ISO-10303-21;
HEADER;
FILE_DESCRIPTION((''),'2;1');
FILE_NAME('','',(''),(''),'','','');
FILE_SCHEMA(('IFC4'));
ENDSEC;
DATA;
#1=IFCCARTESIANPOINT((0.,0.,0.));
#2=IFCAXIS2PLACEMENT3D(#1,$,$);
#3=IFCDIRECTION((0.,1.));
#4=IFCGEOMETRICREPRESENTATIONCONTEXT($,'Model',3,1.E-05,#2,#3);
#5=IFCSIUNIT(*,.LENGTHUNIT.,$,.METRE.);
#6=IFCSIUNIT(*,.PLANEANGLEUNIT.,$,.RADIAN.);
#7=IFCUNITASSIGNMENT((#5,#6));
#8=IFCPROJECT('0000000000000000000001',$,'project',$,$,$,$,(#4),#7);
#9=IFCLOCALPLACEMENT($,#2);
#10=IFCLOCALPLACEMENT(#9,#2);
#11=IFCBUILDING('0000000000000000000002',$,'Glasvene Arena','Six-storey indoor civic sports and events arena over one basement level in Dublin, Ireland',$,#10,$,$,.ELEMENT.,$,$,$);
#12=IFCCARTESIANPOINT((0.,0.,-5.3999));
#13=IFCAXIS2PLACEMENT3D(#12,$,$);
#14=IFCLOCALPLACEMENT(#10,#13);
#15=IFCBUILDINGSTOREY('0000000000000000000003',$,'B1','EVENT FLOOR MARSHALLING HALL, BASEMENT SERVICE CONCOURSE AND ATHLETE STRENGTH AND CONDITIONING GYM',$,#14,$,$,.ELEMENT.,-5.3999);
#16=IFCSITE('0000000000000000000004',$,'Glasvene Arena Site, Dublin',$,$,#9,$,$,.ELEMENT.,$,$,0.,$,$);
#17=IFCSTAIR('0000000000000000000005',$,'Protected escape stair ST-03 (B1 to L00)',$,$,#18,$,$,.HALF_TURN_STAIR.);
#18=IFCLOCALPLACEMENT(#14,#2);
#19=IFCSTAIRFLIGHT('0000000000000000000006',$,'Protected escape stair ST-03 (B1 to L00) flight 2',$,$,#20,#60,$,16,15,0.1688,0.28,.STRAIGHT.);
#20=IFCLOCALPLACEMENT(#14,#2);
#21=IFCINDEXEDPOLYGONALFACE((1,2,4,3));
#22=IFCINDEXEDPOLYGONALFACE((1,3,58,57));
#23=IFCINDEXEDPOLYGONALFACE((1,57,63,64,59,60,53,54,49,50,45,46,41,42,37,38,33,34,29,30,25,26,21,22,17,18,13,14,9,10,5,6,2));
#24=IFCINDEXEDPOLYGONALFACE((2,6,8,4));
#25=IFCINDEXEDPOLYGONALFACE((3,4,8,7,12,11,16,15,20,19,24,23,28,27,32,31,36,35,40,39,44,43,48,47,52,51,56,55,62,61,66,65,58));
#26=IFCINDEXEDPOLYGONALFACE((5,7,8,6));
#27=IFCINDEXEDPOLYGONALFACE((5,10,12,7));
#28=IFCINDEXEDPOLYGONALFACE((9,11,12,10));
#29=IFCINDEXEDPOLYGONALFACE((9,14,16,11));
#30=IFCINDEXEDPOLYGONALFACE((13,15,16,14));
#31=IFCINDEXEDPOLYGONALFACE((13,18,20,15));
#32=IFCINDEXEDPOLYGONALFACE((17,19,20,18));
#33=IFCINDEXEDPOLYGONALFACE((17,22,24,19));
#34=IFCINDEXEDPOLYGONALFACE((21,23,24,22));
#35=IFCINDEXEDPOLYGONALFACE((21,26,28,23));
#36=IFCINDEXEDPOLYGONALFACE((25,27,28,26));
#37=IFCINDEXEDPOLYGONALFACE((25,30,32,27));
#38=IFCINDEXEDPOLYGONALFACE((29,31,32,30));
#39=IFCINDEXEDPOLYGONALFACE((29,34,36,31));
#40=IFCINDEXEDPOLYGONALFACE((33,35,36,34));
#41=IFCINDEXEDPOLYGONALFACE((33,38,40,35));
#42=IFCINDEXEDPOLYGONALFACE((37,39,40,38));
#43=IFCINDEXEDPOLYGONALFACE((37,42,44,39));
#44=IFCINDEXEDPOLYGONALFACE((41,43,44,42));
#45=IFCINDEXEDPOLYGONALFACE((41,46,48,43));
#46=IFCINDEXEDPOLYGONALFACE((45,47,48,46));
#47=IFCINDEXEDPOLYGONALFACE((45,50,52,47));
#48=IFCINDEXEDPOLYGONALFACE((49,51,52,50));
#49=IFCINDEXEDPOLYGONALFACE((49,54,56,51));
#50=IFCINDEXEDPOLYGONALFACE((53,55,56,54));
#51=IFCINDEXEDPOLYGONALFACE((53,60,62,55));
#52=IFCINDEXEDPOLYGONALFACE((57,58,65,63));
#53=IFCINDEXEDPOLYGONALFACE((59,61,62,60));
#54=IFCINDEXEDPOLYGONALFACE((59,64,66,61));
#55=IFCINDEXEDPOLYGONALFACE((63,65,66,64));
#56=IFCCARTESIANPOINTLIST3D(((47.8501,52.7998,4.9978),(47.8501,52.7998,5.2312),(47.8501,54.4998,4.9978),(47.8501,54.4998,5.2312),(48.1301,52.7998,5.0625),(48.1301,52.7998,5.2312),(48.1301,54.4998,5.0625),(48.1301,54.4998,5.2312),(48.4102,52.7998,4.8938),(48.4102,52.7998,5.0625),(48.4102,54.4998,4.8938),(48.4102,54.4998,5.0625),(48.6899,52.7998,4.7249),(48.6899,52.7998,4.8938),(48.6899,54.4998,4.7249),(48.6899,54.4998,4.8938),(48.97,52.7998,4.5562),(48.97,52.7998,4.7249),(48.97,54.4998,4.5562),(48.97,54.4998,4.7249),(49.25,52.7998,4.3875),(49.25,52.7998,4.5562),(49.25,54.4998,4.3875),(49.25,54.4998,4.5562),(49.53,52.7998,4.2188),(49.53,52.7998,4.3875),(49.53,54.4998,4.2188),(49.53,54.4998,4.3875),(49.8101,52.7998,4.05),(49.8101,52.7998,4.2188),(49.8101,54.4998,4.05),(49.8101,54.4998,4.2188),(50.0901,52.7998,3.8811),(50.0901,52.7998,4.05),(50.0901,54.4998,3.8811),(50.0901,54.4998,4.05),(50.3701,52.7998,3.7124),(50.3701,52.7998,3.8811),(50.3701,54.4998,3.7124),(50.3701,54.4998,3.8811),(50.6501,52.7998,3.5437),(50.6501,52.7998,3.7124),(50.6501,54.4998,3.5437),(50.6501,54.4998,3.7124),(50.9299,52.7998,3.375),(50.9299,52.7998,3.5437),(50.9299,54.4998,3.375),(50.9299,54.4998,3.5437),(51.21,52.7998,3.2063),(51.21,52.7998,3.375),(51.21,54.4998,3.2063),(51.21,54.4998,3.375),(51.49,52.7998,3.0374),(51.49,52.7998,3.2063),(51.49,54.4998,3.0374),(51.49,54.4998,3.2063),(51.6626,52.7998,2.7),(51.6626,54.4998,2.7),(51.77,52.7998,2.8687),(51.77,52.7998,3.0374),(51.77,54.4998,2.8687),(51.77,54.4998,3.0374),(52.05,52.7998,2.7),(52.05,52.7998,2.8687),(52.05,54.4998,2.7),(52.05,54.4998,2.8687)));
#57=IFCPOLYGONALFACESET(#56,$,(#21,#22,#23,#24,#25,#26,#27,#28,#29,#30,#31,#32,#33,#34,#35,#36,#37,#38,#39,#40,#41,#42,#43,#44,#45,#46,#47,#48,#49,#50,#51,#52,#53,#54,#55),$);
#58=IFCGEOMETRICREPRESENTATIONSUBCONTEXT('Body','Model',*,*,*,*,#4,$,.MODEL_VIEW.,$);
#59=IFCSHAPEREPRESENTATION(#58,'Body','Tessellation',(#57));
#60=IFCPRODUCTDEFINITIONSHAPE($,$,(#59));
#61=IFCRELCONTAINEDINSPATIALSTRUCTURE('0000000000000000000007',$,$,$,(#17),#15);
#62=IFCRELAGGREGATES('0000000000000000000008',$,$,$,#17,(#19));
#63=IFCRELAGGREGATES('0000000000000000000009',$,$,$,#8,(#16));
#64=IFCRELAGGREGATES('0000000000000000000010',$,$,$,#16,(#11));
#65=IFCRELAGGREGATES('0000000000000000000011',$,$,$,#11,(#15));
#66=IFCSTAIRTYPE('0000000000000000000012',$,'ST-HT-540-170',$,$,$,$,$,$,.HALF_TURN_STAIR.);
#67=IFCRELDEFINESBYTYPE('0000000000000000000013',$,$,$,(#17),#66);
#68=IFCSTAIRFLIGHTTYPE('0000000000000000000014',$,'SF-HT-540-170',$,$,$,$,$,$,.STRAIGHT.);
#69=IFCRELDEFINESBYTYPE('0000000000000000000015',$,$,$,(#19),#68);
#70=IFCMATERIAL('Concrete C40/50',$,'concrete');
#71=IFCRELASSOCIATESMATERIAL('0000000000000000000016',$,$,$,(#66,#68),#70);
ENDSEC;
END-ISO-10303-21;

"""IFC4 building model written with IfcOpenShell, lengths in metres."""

from ifc_helpers import new_model, si_unit, direction, frame, origin, place, context, subcontext, project, spatial, polyline, outline, extrude, material, type_object, element, aggregate, save


model = new_model("IFC4")

# Units and contexts
model_context = context("Model", 3, precision=1e-05, world=origin(), true_north=direction((0.0, 1.0)))
body_context = subcontext(model_context, "Body", "Model", "MODEL_VIEW")
ifc_project = project(units=[si_unit("LENGTHUNIT", "METRE"), si_unit("PLANEANGLEUNIT", "RADIAN")], contexts=[model_context])

# Site, building, storey
site_placement = place(None, origin())
site = spatial("IfcSite", under=ifc_project, at=site_placement, Name="Glasvene Arena Site, Dublin", CompositionType="ELEMENT", RefElevation=0.0)
building_placement = place(site_placement, origin())
building = spatial("IfcBuilding", under=site, at=building_placement, Name="Glasvene Arena", Description="Six-storey indoor civic sports and events arena over one basement level in Dublin, Ireland", CompositionType="ELEMENT")
storey_placement = place(building_placement, frame((0.0, 0.0, -5.3999)))
storey = spatial("IfcBuildingStorey", under=building, at=storey_placement, Name="B1", Description="EVENT FLOOR MARSHALLING HALL, BASEMENT SERVICE CONCOURSE AND ATHLETE STRENGTH AND CONDITIONING GYM", CompositionType="ELEMENT", Elevation=-5.3999)

# Shared definitions
ifc_material_1 = material(Name="Concrete C40/50", Category="concrete")

# Stair
stair_type = type_object("IfcStairType", Name="ST-HT-540-170", PredefinedType="HALF_TURN_STAIR", material=ifc_material_1)
stair_placement = place(storey_placement, origin())
stair = element("IfcStair", 1, at=stair_placement, inside=storey, type_object=stair_type, Name="Protected escape stair ST-03 (B1 to L00)", PredefinedType="HALF_TURN_STAIR")

# Stair flight
stair_flight_type = type_object("IfcStairFlightType", Name="SF-HT-540-170", PredefinedType="STRAIGHT", material=ifc_material_1)
stair_flight_1_placement = place(storey_placement, frame((52.05, 53.6499, 2.7), z_axis=(0.0, 0.0, 1.0), x_axis=(-1.0, 0.0, 0.0)))
stair_flight_1 = element("IfcStairFlight", 2, at=stair_flight_1_placement, type_object=stair_flight_type, Name="Protected escape stair ST-03 (B1 to L00) flight 2", NumberOfRisers=16, NumberOfTreads=15, PredefinedType="STRAIGHT", RiserHeight=0.1688, TreadLength=0.28, context=body_context, shape_type="SweptSolid", body=[
    extrude(outline(polyline([(0.0, 0.0), (0.0, 0.1687), (0.28, 0.1687), (0.28, 0.3374), (0.5601, 0.3374), (0.5601, 0.5063), (0.8401, 0.5063), (0.8401, 0.675), (1.1201, 0.675), (1.1201, 0.8438), (1.3999, 0.8438), (1.3999, 1.0125), (1.6799, 1.0125), (1.6799, 1.1812), (1.96, 1.1812), (1.96, 1.3501), (2.24, 1.3501), (2.24, 1.5188), (2.52, 1.5188), (2.52, 1.6875), (2.8, 1.6875), (2.8, 1.8562), (3.0801, 1.8562), (3.0801, 2.0249), (3.3601, 2.0249), (3.3601, 2.1938), (3.6399, 2.1938), (3.6399, 2.3625), (3.9199, 2.3625), (3.9199, 2.5312), (4.2, 2.5312), (4.2, 2.7), (4.2, 2.2979), (0.3875, 0.0), (0.0, 0.0)])), frame((0.0, 0.8501, 0.0), z_axis=(0.0, -1.0, 0.0), x_axis=(1.0, 0.0, 0.0)), (0.0, 0.0, 1.0), 1.7),
])
aggregate(stair, [stair_flight_1])

save(model, "model.ifc")
